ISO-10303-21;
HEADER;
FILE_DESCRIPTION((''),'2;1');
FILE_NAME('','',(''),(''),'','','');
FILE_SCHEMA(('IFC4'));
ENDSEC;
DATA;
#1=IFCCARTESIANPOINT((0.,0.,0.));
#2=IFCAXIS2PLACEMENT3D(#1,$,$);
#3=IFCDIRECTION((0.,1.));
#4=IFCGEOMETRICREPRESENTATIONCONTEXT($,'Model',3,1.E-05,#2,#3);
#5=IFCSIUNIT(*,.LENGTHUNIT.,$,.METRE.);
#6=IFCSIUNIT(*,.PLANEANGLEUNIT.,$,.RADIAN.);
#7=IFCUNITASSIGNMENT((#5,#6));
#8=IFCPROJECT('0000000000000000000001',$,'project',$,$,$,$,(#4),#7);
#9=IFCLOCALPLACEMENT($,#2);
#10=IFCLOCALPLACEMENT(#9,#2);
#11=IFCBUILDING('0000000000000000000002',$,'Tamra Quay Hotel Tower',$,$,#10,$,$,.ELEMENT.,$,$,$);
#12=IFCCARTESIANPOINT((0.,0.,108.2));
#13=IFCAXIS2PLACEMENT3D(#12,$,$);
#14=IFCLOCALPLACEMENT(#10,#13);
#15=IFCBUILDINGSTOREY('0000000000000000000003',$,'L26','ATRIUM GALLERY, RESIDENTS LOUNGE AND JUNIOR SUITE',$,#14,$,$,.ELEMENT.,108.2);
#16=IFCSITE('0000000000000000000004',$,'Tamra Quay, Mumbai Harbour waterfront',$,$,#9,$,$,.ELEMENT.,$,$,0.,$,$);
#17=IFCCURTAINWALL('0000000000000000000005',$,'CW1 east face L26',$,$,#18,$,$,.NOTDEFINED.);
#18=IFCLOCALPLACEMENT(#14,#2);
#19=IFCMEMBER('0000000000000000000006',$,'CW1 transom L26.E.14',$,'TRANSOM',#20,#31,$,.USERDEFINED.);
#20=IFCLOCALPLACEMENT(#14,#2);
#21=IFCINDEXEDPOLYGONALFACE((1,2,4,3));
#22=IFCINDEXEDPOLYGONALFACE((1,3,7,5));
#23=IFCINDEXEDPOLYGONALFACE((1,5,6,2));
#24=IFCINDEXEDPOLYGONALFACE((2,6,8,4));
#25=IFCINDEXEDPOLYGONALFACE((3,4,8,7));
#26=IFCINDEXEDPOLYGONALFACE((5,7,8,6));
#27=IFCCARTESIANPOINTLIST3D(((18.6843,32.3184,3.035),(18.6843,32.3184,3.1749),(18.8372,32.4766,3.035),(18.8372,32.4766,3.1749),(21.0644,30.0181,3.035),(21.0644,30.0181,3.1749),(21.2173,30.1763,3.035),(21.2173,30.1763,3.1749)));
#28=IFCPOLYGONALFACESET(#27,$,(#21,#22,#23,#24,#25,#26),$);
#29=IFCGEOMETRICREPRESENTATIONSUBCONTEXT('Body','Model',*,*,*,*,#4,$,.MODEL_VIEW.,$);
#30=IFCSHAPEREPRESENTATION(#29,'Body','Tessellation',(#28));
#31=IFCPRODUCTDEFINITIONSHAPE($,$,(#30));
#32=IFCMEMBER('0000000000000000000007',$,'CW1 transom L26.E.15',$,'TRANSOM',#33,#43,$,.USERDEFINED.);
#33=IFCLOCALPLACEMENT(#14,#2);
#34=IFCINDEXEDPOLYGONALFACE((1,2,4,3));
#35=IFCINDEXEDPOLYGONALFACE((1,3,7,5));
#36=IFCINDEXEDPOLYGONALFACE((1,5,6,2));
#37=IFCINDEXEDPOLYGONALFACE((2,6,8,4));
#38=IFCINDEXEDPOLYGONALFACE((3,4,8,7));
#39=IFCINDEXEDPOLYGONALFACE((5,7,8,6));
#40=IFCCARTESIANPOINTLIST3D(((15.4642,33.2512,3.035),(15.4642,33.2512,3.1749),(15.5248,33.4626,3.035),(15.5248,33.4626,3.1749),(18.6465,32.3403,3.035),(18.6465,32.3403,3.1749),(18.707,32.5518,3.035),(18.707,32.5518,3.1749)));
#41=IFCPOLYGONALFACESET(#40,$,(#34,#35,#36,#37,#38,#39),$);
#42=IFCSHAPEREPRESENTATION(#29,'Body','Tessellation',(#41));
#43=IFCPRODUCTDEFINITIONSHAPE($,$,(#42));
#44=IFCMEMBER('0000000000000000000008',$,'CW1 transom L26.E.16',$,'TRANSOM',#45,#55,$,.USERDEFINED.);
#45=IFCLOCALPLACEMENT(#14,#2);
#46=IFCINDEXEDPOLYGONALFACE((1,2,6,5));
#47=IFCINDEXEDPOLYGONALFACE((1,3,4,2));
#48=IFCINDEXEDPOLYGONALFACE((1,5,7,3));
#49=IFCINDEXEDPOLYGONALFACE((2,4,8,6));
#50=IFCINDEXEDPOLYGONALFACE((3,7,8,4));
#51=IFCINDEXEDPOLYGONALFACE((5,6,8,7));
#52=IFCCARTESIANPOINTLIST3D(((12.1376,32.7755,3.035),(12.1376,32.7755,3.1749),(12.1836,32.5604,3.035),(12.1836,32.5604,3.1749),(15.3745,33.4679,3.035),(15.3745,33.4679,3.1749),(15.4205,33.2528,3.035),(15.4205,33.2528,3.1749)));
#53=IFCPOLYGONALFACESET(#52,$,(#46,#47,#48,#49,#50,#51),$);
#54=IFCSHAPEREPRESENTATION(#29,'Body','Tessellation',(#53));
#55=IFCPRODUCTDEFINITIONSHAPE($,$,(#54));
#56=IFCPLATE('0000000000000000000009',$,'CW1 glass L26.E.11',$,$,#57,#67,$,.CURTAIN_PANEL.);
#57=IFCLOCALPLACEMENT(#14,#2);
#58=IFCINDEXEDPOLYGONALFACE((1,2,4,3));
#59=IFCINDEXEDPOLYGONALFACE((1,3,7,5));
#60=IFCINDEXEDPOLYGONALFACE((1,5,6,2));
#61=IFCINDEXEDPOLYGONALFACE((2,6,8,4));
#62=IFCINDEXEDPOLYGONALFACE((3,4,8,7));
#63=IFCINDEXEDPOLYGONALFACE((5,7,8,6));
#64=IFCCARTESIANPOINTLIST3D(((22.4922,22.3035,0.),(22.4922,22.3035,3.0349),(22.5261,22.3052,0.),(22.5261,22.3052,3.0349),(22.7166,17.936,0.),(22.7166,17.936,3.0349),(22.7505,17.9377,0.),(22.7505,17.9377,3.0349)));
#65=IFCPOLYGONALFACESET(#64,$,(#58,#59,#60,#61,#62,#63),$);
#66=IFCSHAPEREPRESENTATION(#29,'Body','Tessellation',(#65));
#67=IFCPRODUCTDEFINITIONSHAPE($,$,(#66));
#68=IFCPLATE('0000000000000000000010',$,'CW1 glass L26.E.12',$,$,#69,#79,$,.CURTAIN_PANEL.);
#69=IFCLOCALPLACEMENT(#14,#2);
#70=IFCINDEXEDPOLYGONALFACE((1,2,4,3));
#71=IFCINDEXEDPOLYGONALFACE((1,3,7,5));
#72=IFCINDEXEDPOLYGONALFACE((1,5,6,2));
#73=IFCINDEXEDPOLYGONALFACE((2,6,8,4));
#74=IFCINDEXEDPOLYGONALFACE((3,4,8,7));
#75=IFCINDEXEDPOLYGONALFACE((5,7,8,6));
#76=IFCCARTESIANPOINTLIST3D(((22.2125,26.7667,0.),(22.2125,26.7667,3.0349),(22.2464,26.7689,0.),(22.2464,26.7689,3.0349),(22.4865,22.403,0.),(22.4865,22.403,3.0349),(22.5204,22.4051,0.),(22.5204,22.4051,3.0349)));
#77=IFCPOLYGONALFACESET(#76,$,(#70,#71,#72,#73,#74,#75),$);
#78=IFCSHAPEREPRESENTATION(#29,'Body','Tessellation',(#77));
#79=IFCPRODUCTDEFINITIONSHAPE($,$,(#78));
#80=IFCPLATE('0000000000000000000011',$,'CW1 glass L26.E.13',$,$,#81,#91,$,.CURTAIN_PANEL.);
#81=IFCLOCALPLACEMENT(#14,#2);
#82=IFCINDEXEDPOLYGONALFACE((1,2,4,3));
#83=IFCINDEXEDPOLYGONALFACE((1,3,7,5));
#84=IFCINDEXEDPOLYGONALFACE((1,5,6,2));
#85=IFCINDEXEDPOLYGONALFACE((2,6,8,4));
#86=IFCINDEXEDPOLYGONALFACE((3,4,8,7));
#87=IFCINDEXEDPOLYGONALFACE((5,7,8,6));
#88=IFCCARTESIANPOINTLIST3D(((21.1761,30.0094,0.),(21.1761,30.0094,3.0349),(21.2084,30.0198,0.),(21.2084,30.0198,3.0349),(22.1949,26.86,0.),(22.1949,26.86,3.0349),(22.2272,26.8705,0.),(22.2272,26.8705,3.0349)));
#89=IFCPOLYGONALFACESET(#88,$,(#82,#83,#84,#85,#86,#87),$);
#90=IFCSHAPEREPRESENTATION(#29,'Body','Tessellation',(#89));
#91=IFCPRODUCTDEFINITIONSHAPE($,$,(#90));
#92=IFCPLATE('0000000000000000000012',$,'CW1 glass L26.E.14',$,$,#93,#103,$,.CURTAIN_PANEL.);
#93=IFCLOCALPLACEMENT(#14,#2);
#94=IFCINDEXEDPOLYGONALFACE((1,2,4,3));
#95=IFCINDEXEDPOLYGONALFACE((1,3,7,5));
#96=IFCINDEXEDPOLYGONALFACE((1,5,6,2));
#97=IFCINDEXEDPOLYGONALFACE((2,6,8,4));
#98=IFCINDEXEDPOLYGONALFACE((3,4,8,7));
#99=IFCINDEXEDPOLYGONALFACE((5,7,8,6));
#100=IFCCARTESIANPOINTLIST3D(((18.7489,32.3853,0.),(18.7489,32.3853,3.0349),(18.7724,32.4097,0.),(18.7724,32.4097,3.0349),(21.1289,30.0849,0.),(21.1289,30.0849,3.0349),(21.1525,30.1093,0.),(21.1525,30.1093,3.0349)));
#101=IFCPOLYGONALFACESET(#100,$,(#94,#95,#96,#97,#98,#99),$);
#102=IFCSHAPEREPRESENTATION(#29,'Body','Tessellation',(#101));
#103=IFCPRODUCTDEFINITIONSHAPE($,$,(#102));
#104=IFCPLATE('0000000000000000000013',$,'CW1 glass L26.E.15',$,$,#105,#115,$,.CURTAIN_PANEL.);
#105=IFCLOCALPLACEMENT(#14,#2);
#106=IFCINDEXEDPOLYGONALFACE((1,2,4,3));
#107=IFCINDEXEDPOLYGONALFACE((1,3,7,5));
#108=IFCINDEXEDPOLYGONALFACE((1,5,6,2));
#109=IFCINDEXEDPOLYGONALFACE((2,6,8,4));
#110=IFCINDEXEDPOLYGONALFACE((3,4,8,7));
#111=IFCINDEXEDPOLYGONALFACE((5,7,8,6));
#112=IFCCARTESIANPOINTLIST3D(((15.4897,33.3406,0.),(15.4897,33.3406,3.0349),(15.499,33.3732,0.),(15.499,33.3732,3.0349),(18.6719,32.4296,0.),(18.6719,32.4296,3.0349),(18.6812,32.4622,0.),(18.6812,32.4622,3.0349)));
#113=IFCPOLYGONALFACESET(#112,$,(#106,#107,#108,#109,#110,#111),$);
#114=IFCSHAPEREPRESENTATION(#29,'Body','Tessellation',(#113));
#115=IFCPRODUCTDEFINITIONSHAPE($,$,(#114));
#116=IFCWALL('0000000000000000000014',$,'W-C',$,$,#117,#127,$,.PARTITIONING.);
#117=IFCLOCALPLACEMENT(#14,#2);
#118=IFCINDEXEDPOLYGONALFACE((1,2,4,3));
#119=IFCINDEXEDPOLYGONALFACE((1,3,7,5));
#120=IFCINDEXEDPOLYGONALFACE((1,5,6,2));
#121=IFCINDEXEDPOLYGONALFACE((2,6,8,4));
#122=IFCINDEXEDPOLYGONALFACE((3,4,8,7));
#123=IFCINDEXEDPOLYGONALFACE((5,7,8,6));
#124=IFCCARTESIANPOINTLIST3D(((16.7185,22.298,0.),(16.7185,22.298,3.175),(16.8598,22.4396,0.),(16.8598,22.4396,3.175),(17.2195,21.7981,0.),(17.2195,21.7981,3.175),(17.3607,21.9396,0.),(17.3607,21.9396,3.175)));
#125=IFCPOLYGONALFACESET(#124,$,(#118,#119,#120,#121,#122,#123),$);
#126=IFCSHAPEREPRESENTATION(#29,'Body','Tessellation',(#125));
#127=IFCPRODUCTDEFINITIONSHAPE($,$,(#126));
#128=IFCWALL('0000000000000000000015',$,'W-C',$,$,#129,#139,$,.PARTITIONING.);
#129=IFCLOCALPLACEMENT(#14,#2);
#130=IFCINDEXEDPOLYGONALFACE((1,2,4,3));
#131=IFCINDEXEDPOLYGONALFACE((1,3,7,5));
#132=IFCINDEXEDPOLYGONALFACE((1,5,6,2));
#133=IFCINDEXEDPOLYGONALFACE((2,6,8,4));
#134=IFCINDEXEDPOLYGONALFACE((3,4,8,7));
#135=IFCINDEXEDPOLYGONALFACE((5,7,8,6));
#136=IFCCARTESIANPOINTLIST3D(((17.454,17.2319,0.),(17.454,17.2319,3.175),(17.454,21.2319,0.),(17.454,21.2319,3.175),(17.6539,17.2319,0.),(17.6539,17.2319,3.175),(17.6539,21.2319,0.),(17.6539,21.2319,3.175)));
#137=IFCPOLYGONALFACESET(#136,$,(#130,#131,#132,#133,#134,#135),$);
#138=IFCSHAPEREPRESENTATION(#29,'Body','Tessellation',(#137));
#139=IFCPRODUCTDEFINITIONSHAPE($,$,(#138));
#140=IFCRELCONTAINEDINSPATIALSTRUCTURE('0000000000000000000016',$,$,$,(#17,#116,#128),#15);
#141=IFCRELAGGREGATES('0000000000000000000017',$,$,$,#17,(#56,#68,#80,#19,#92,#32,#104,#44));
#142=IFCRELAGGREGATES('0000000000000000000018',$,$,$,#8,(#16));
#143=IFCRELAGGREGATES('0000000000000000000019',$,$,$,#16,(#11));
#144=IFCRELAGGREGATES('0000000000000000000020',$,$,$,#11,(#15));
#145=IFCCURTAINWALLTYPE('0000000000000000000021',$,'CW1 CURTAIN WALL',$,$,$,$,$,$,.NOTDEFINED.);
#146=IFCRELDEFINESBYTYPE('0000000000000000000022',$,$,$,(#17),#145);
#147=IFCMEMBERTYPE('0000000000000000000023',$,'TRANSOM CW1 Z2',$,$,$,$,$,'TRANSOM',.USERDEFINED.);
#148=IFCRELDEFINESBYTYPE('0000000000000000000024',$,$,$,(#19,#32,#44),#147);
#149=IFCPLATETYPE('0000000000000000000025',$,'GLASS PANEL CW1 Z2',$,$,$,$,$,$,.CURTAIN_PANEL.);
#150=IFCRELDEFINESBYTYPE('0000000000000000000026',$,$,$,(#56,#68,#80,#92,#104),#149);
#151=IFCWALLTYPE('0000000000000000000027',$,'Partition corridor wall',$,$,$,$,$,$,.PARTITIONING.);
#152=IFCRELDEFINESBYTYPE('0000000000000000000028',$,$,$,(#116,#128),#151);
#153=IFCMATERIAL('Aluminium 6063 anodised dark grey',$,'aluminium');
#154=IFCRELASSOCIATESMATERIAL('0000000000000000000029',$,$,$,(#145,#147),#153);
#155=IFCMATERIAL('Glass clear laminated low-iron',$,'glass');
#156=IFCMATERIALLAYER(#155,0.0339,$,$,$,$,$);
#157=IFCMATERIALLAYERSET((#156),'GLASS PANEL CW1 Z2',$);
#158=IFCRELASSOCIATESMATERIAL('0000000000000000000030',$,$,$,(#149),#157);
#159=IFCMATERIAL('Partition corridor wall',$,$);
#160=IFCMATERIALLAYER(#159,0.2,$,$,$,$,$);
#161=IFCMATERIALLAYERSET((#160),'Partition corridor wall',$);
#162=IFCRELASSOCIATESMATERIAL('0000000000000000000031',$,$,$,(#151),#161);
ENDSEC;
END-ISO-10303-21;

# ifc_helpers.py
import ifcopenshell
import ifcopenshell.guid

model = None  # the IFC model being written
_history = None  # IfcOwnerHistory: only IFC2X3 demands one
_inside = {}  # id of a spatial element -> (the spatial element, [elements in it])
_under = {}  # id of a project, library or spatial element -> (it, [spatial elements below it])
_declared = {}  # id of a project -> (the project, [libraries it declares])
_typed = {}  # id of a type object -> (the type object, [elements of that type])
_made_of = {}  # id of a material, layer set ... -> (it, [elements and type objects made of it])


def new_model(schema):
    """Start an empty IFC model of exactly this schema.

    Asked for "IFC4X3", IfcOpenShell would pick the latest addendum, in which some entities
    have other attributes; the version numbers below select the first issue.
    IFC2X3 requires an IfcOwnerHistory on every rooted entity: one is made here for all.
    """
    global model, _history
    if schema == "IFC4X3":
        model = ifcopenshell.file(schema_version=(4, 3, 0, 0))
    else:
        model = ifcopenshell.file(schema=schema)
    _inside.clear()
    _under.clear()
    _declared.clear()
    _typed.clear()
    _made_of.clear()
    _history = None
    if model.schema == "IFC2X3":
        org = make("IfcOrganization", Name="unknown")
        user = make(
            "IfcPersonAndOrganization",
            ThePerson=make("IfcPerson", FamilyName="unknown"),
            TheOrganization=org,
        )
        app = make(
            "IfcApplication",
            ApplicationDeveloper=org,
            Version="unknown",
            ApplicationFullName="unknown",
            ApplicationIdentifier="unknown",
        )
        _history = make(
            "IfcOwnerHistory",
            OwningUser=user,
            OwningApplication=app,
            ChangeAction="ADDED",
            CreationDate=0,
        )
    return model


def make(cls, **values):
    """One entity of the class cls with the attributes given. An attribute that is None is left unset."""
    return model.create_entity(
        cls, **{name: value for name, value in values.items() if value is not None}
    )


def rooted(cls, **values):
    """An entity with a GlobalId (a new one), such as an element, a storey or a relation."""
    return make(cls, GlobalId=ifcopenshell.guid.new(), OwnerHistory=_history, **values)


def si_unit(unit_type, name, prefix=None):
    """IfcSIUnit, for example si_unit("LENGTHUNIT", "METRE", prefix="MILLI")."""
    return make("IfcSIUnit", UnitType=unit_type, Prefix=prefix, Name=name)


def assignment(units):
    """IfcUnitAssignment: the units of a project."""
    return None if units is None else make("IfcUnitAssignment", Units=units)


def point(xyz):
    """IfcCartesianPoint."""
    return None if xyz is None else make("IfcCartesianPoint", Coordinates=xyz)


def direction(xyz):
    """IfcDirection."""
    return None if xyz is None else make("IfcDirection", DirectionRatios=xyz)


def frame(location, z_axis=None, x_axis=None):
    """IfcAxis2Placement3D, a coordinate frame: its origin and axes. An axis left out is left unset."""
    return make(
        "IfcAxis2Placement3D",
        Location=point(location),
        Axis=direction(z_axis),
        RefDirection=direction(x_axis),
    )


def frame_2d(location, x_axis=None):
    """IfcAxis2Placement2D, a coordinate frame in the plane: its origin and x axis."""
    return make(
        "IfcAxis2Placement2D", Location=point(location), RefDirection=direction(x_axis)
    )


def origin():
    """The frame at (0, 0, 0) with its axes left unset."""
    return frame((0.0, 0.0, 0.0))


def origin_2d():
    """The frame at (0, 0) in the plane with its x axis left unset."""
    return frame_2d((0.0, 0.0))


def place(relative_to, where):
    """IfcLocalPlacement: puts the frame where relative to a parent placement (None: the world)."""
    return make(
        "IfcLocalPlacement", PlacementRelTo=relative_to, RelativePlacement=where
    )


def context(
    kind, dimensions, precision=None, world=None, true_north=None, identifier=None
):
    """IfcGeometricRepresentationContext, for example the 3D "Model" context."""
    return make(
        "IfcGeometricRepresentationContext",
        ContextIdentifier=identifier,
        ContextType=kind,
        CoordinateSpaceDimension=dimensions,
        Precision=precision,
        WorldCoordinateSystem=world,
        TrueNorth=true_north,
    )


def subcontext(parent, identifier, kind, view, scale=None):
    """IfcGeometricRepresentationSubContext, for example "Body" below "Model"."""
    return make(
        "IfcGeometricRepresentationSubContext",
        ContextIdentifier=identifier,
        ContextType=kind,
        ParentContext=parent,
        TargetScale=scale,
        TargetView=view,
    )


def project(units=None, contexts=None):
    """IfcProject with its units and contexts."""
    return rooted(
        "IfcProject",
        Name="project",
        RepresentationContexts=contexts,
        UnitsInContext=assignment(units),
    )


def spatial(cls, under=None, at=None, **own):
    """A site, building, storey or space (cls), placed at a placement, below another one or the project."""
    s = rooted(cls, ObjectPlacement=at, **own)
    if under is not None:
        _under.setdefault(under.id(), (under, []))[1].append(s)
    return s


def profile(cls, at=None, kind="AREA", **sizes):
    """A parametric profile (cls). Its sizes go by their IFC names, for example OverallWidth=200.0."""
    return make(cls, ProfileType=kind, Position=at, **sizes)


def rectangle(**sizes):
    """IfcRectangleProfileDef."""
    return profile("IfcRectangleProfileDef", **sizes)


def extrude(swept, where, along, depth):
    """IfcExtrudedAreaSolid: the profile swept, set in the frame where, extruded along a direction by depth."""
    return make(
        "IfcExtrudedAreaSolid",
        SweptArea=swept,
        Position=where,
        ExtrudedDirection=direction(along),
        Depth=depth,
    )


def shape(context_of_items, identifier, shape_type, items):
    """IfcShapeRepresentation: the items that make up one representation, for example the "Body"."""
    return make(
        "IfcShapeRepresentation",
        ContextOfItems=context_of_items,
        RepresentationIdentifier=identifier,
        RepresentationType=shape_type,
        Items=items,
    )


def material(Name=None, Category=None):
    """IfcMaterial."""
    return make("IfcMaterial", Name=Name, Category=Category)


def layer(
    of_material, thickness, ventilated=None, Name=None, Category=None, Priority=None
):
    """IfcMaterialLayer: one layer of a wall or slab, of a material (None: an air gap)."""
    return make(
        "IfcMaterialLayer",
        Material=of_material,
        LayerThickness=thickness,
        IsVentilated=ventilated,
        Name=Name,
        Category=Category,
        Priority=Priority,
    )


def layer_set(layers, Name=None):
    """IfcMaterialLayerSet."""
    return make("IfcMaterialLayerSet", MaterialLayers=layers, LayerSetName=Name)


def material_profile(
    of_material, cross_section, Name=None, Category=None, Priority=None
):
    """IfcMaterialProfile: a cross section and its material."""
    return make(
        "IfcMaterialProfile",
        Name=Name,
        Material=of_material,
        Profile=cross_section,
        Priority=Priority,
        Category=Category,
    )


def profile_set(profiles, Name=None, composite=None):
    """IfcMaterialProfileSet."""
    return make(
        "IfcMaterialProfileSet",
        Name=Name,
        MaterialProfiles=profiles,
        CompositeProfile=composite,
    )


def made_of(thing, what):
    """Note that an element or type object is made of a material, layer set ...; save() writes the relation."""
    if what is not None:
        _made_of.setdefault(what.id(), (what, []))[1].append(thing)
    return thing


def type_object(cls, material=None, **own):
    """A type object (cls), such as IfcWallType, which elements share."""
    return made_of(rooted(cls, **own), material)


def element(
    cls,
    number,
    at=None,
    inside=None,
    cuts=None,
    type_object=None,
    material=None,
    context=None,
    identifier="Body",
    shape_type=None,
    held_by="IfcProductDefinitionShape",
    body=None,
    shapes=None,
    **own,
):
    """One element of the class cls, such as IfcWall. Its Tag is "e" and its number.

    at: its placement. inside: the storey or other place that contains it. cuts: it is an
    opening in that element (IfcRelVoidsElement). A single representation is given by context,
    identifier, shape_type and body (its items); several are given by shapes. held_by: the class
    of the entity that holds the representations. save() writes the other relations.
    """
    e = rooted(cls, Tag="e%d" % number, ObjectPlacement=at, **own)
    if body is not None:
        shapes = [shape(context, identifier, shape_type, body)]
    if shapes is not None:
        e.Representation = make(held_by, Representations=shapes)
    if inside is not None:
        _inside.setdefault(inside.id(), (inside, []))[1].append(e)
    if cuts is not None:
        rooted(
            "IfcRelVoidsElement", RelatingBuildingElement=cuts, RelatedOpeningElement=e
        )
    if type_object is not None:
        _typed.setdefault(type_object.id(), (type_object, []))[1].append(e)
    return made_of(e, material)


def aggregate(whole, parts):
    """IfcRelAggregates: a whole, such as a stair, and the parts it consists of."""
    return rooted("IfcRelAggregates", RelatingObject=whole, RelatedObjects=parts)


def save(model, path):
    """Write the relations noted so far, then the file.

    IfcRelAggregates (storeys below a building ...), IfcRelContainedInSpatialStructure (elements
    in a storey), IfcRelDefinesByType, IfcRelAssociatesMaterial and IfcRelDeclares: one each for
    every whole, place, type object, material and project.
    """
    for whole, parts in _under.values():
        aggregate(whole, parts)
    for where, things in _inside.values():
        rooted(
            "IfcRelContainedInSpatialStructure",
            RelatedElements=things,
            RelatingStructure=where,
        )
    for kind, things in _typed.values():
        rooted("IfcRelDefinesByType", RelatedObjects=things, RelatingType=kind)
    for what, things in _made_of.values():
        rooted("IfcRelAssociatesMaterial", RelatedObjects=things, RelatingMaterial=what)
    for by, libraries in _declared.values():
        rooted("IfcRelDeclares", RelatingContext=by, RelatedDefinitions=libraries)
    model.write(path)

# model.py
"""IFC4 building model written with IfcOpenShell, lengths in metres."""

from ifc_helpers import new_model, si_unit, direction, frame, frame_2d, origin, origin_2d, place, context, subcontext, project, spatial, rectangle, extrude, material, layer, layer_set, material_profile, profile_set, type_object, element, aggregate, save


model = new_model("IFC4")

# Units and contexts
model_context = context("Model", 3, precision=1e-05, world=origin(), true_north=direction((0.0, 1.0)))
body_context = subcontext(model_context, "Body", "Model", "MODEL_VIEW")
ifc_project = project(units=[si_unit("LENGTHUNIT", "METRE"), si_unit("PLANEANGLEUNIT", "RADIAN")], contexts=[model_context])

# Site, building, storey
site_placement = place(None, origin())
site = spatial("IfcSite", under=ifc_project, at=site_placement, Name="Tamra Quay, Mumbai Harbour waterfront", CompositionType="ELEMENT", RefElevation=0.0)
building_placement = place(site_placement, origin())
building = spatial("IfcBuilding", under=site, at=building_placement, Name="Tamra Quay Hotel Tower", CompositionType="ELEMENT")
storey_placement = place(building_placement, frame((0.0, 0.0, 108.2)))
storey = spatial("IfcBuildingStorey", under=building, at=storey_placement, Name="L26", Description="ATRIUM GALLERY, RESIDENTS LOUNGE AND JUNIOR SUITE", CompositionType="ELEMENT", Elevation=108.2)

# Curtain wall
ifc_material_1 = material(Name="Aluminium 6063 anodised dark grey", Category="aluminium")
curtain_wall_type = type_object("IfcCurtainWallType", Name="CW1 CURTAIN WALL", PredefinedType="NOTDEFINED", material=ifc_material_1)
curtain_wall_placement = place(storey_placement, origin())
curtain_wall = element("IfcCurtainWall", 1, at=curtain_wall_placement, inside=storey, type_object=curtain_wall_type, Name="CW1 east face L26", PredefinedType="NOTDEFINED")

# Members
ifc_material_profile_1 = material_profile(ifc_material_1, rectangle(XDim=0.22, YDim=0.1399, at=origin_2d()), Name="TRANSOM 220X140")
ifc_profile_set_1 = profile_set([ifc_material_profile_1], Name="Aluminium 6063 anodised dark grey")
member_type_1 = type_object("IfcMemberType", Name="TRANSOM CW1 Z2", ElementType="TRANSOM", PredefinedType="USERDEFINED", material=ifc_profile_set_1)
member_1_placement = place(storey_placement, frame((21.1409, 30.0972, 3.105), z_axis=(-0.719063, 0.694945, 0.0), x_axis=(-0.694945, -0.719063, 0.0)))
member_1 = element("IfcMember", 2, at=member_1_placement, type_object=member_type_1, Name="CW1 transom L26.E.14", ObjectType="TRANSOM", PredefinedType="USERDEFINED", context=body_context, shape_type="SweptSolid", body=[
    extrude(rectangle(XDim=0.22, YDim=0.1399, at=origin_2d()), origin(), (0.0, 0.0, 1.0), 3.3101),
])
member_2_placement = place(storey_placement, frame((18.6768, 32.446, 3.105), z_axis=(-0.961393, 0.275179, 0.0), x_axis=(-0.275179, -0.961393, 0.0)))
member_2 = element("IfcMember", 3, at=member_2_placement, type_object=member_type_1, Name="CW1 transom L26.E.15", ObjectType="TRANSOM", PredefinedType="USERDEFINED", context=body_context, shape_type="SweptSolid", body=[
    extrude(rectangle(XDim=0.22, YDim=0.1399, at=origin_2d()), origin(), (0.0, 0.0, 1.0), 3.3101),
])
member_3_placement = place(storey_placement, frame((15.3975, 33.3604, 3.105), z_axis=(-0.977878, -0.209176, 0.0), x_axis=(0.209176, -0.977878, 0.0)))
member_3 = element("IfcMember", 4, at=member_3_placement, type_object=member_type_1, Name="CW1 transom L26.E.16", ObjectType="TRANSOM", PredefinedType="USERDEFINED", context=body_context, shape_type="SweptSolid", body=[
    extrude(rectangle(XDim=0.22, YDim=0.1399, at=origin_2d()), origin(), (0.0, 0.0, 1.0), 3.3101),
])

# Plates
ifc_material_2 = material(Name="Glass clear laminated low-iron", Category="glass")
ifc_layer_1 = layer(ifc_material_2, 0.0339)
ifc_layer_set_1 = layer_set([ifc_layer_1], Name="GLASS PANEL CW1 Z2")
plate_type = type_object("IfcPlateType", Name="GLASS PANEL CW1 Z2", PredefinedType="CURTAIN_PANEL", material=ifc_layer_set_1)
plate_1_placement = place(storey_placement, frame((22.6213, 20.1206, 0.0), z_axis=(0.0, 0.0, 1.0), x_axis=(-0.051321, 0.998682, 0.0)))
plate_1 = element("IfcPlate", 5, at=plate_1_placement, type_object=plate_type, Name="CW1 glass L26.E.11", PredefinedType="CURTAIN_PANEL", context=body_context, shape_type="SweptSolid", body=[
    extrude(rectangle(XDim=4.3733, YDim=0.0339, at=origin_2d()), origin(), (0.0, 0.0, 1.0), 3.0349),
])
plate_2_placement = place(storey_placement, frame((22.3665, 24.5859, 0.0), z_axis=(0.0, 0.0, 1.0), x_axis=(-0.06267, 0.998034, 0.0)))
plate_2 = element("IfcPlate", 6, at=plate_2_placement, type_object=plate_type, Name="CW1 glass L26.E.12", PredefinedType="CURTAIN_PANEL", context=body_context, shape_type="SweptSolid", body=[
    extrude(rectangle(XDim=4.3723, YDim=0.0339, at=origin_2d()), origin(), (0.0, 0.0, 1.0), 3.0349),
])
plate_3_placement = place(storey_placement, frame((21.7017, 28.4399, 0.0), z_axis=(0.0, 0.0, 1.0), x_axis=(-0.307791, 0.951454, 0.0)))
plate_3 = element("IfcPlate", 7, at=plate_3_placement, type_object=plate_type, Name="CW1 glass L26.E.13", PredefinedType="CURTAIN_PANEL", context=body_context, shape_type="SweptSolid", body=[
    extrude(rectangle(XDim=3.3101, YDim=0.0339, at=origin_2d()), origin(), (0.0, 0.0, 1.0), 3.0349),
])
plate_4_placement = place(storey_placement, frame((19.9507, 31.2473, 0.0), z_axis=(0.0, 0.0, 1.0), x_axis=(-0.719041, 0.694967, 0.0)))
plate_4 = element("IfcPlate", 8, at=plate_4_placement, type_object=plate_type, Name="CW1 glass L26.E.14", PredefinedType="CURTAIN_PANEL", context=body_context, shape_type="SweptSolid", body=[
    extrude(rectangle(XDim=3.3101, YDim=0.0339, at=origin_2d()), origin(), (0.0, 0.0, 1.0), 3.0349),
])
plate_5_placement = place(storey_placement, frame((17.0854, 32.9014, 0.0), z_axis=(0.0, 0.0, 1.0), x_axis=(-0.96138, 0.275224, 0.0)))
plate_5 = element("IfcPlate", 9, at=plate_5_placement, type_object=plate_type, Name="CW1 glass L26.E.15", PredefinedType="CURTAIN_PANEL", context=body_context, shape_type="SweptSolid", body=[
    extrude(rectangle(XDim=3.3101, YDim=0.0339, at=origin_2d()), origin(), (0.0, 0.0, 1.0), 3.0349),
])
aggregate(curtain_wall, [plate_1, plate_2, plate_3, member_1, plate_4, member_2, plate_5, member_3])

# Walls
ifc_material_3 = material(Name="Partition corridor wall")
ifc_layer_2 = layer(ifc_material_3, 0.2)
ifc_layer_set_2 = layer_set([ifc_layer_2], Name="Partition corridor wall")
wall_type = type_object("IfcWallType", Name="Partition corridor wall", PredefinedType="PARTITIONING", material=ifc_layer_set_2)
wall_1_placement = place(storey_placement, frame((16.7891, 22.3689, 0.0), z_axis=(0.0, 0.0, 1.0), x_axis=(0.707796, -0.706417, 0.0)))
element("IfcWall", 10, at=wall_1_placement, inside=storey, type_object=wall_type, Name="W-C", PredefinedType="PARTITIONING", context=body_context, shape_type="SweptSolid", body=[
    extrude(rectangle(XDim=0.7078, YDim=0.2, at=frame_2d((0.354, 0.0))), origin(), (0.0, 0.0, 1.0), 3.175),
])
wall_2_placement = place(storey_placement, frame((17.554, 17.2319, 0.0), z_axis=(0.0, 0.0, 1.0), x_axis=(0.0, 1.0, 0.0)))
element("IfcWall", 11, at=wall_2_placement, inside=storey, type_object=wall_type, Name="W-C", PredefinedType="PARTITIONING", context=body_context, shape_type="SweptSolid", body=[
    extrude(rectangle(XDim=4.0, YDim=0.2, at=frame_2d((2.0, 0.0))), origin(), (0.0, 0.0, 1.0), 3.175),
])

save(model, "model.ifc")
